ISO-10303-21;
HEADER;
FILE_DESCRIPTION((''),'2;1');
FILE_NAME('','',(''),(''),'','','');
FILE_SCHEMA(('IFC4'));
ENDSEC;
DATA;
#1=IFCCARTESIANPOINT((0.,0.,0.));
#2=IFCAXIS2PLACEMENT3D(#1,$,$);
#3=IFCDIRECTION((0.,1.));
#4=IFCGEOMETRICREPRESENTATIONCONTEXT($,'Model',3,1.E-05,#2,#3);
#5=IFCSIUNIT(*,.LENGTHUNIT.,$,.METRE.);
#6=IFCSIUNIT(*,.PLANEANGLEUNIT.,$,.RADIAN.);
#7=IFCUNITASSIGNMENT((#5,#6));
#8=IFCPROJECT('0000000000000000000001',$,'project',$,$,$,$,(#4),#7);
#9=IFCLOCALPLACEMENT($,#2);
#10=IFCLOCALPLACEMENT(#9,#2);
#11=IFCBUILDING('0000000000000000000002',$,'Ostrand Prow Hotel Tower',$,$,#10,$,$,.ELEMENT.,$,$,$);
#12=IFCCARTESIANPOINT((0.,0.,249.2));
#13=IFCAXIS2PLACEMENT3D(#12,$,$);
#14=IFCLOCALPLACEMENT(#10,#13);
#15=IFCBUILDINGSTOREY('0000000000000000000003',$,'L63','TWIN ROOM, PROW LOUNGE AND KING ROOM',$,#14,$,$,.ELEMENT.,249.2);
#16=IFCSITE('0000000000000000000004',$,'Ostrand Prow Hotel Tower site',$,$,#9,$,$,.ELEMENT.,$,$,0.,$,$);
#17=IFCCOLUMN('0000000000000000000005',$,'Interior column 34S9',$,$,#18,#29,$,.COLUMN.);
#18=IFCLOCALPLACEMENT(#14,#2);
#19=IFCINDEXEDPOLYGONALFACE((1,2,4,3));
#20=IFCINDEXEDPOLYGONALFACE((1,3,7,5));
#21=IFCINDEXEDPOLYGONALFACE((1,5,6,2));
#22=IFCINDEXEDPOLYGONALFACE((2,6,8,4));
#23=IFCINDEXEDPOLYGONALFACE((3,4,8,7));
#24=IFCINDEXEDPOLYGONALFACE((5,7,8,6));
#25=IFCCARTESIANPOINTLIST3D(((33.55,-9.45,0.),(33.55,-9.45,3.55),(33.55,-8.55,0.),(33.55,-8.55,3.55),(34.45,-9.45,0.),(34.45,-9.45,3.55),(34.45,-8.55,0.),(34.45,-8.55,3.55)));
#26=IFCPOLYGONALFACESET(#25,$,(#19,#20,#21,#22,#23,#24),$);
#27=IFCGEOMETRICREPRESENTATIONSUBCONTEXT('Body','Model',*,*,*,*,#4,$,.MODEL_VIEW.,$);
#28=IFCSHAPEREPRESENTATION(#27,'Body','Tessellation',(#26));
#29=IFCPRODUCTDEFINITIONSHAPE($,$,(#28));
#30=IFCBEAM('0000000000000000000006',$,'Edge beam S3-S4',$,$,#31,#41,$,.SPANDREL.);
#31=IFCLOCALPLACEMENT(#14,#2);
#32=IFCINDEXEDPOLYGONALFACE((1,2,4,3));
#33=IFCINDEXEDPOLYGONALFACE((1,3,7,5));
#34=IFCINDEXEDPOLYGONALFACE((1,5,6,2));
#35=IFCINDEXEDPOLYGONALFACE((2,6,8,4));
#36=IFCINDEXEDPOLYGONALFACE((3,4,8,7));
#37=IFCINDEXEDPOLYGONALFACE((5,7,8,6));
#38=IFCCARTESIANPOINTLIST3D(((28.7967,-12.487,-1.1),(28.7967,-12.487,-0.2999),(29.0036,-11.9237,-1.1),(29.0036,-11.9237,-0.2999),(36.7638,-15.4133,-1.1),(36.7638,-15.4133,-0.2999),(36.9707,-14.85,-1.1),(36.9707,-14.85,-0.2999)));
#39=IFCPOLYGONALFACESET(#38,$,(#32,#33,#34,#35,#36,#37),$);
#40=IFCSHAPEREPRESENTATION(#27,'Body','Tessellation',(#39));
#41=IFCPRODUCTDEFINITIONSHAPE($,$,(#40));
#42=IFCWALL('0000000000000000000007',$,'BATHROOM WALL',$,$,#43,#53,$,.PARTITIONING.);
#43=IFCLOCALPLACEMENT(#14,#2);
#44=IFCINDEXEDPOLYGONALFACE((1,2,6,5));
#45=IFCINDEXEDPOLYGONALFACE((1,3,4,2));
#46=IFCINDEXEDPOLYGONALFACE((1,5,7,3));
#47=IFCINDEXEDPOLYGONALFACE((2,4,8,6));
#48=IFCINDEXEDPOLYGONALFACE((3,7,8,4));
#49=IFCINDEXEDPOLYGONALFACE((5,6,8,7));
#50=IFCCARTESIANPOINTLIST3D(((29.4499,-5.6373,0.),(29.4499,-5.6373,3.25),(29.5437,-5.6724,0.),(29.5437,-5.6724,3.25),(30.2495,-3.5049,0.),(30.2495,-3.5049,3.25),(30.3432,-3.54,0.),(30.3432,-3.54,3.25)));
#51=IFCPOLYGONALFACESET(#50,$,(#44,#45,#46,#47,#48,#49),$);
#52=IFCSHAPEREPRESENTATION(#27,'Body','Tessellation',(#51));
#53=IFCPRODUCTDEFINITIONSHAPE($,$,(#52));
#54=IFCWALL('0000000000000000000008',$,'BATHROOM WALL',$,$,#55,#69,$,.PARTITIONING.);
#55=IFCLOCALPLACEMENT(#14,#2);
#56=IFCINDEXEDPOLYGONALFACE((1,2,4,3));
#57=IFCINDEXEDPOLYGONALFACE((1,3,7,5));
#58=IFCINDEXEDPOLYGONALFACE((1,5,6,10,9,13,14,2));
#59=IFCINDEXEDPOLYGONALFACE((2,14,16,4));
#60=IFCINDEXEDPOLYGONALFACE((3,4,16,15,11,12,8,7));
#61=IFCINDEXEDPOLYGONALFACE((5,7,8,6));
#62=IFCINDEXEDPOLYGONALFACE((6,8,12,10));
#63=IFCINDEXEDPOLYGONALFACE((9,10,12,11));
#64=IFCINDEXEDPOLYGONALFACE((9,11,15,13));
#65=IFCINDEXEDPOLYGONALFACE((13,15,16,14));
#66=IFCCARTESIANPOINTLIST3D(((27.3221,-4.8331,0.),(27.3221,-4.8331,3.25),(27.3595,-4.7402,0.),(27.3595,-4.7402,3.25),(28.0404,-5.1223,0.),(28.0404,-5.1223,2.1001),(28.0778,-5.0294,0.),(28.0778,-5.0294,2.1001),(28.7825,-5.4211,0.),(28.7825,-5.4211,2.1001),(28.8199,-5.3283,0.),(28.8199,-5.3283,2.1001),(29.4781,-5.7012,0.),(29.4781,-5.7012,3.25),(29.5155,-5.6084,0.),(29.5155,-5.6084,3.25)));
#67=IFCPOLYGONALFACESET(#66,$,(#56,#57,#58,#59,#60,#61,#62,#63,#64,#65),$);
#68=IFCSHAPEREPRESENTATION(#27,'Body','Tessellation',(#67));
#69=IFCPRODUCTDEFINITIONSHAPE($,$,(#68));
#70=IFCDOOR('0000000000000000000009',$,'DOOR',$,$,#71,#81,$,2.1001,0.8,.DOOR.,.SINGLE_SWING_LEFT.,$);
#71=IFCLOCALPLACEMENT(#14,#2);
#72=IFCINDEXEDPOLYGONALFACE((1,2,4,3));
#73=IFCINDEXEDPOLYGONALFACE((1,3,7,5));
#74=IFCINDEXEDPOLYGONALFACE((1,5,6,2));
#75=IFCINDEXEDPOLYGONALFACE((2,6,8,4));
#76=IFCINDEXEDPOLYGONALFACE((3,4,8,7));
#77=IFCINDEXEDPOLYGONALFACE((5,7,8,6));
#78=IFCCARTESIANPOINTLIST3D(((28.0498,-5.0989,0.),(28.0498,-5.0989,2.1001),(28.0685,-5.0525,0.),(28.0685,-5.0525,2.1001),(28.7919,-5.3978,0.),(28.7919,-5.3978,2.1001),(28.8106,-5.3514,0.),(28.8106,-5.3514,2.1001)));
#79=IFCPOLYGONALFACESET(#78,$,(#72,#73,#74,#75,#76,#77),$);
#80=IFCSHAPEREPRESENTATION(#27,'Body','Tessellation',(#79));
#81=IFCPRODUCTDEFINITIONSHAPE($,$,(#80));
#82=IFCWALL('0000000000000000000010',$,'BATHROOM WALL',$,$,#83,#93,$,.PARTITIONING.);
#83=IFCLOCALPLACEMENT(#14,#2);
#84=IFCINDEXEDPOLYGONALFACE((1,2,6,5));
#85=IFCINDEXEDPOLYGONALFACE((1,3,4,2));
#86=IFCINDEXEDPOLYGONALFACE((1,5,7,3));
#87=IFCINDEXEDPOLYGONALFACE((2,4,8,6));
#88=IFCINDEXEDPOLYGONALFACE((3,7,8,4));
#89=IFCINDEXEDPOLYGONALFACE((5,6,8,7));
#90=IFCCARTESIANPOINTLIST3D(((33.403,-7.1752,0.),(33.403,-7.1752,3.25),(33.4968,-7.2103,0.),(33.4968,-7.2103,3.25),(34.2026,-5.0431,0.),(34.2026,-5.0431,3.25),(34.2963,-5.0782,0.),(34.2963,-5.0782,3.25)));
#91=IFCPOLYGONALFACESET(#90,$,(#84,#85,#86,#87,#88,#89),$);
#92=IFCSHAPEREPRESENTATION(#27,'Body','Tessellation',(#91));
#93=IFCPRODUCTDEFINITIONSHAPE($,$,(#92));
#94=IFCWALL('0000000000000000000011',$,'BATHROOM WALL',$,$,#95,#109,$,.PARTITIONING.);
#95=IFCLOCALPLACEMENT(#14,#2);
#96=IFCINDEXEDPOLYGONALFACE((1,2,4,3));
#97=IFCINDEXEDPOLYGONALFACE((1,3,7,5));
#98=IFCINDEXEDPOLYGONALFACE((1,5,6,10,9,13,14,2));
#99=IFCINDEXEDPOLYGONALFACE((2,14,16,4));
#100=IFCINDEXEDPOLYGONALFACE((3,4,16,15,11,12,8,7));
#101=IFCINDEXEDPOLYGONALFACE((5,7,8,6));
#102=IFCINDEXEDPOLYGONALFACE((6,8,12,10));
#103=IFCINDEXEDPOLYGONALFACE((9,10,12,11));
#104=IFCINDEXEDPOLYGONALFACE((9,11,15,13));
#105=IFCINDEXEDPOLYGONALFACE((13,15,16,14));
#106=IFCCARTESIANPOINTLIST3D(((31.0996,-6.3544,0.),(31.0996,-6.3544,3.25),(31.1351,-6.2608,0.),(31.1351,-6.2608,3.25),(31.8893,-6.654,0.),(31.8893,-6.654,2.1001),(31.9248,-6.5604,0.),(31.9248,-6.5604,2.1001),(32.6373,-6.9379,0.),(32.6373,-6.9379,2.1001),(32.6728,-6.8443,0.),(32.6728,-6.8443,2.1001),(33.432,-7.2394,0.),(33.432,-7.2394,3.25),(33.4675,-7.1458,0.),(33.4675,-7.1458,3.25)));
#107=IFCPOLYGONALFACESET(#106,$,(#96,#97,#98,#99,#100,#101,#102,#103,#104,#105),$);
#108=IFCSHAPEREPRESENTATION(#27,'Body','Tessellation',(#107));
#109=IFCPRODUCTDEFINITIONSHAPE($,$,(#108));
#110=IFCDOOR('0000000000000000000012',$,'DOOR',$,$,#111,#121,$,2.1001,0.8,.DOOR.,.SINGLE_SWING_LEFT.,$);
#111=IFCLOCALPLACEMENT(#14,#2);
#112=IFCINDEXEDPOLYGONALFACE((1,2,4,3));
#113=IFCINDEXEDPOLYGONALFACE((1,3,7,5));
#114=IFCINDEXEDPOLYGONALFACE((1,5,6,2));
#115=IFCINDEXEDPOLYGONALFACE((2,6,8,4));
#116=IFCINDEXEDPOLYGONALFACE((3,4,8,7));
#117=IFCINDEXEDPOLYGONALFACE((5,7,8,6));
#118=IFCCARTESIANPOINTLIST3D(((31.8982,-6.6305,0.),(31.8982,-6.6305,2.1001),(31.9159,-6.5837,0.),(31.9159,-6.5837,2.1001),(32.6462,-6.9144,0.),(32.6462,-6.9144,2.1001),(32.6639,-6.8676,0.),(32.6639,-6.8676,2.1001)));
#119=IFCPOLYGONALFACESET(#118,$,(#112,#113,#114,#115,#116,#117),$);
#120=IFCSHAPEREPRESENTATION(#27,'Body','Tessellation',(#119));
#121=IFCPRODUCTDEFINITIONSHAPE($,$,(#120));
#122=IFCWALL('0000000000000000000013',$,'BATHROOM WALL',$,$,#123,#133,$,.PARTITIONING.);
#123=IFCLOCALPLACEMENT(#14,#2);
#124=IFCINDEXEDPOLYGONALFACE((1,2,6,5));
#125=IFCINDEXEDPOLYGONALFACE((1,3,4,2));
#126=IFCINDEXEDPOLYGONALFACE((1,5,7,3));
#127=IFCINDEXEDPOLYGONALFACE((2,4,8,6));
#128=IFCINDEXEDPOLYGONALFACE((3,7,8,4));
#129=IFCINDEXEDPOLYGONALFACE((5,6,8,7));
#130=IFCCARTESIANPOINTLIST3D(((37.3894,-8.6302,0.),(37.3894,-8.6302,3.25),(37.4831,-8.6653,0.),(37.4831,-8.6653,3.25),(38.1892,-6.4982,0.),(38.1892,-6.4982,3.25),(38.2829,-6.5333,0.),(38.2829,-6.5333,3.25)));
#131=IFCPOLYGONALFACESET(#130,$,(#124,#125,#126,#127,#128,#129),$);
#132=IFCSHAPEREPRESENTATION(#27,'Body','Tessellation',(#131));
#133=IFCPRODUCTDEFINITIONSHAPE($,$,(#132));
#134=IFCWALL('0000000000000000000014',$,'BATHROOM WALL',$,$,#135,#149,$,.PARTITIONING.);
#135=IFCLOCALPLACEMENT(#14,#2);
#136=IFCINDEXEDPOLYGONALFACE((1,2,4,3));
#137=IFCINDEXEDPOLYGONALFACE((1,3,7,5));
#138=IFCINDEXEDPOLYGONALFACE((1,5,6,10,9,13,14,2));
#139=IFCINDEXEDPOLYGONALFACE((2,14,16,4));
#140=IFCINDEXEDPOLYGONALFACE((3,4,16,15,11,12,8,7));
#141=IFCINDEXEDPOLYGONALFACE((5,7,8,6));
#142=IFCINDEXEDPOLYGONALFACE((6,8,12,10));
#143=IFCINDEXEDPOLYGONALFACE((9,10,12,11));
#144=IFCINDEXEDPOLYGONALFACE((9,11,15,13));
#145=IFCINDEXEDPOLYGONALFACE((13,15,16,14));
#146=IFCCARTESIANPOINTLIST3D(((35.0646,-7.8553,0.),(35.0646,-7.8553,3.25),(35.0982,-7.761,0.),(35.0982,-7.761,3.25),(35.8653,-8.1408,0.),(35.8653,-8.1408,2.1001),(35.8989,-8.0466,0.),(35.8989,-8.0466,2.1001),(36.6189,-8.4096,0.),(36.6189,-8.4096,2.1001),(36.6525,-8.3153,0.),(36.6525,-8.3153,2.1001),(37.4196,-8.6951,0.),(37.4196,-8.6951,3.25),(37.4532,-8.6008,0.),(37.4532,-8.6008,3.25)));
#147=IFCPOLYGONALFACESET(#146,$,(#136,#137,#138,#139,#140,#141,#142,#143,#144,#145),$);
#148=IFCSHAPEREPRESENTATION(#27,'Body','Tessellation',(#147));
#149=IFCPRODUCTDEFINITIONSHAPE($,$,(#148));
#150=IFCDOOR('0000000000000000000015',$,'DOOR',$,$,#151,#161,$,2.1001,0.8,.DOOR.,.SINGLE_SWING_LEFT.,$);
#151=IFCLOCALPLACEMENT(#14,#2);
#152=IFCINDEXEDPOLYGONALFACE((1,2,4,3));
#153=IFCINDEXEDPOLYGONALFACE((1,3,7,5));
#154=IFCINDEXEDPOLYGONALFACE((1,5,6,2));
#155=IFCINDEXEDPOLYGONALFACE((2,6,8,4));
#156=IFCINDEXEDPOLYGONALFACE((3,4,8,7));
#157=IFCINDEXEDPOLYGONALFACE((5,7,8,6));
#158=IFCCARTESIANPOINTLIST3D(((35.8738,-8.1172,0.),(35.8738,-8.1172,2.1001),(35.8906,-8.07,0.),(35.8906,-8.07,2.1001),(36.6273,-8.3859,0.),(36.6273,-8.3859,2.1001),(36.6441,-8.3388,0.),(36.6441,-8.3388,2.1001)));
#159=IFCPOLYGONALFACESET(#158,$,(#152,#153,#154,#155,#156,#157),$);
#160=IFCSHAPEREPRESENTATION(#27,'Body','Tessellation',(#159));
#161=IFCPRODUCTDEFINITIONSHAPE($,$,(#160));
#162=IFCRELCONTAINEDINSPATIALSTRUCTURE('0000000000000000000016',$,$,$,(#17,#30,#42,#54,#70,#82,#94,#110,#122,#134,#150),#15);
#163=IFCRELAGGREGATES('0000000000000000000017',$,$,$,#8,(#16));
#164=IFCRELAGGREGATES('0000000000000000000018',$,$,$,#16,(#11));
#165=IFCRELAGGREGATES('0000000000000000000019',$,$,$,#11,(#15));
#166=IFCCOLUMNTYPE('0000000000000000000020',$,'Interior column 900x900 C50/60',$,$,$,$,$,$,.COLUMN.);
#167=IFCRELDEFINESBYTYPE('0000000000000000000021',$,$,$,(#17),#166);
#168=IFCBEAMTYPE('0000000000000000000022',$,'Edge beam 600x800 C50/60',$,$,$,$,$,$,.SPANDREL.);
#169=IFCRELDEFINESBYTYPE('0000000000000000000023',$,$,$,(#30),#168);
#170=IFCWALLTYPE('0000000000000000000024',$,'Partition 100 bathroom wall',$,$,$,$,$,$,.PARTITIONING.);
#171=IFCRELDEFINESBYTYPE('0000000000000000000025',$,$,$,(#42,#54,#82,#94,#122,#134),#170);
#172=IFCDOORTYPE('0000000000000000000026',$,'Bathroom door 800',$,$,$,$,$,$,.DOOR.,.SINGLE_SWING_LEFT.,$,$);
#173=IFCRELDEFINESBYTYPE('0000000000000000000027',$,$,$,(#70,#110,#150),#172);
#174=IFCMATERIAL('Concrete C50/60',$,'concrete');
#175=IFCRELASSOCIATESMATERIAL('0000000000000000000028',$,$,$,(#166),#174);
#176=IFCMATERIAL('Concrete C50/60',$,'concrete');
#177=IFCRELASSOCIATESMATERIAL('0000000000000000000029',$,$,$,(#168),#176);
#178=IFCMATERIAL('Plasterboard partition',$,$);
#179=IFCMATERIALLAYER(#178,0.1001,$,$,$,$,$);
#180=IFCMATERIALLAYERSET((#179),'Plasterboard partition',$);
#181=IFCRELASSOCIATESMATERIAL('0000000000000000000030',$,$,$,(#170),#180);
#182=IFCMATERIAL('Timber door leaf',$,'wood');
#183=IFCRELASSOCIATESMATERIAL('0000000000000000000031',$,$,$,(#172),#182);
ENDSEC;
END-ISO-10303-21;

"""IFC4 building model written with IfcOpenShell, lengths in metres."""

from ifc_helpers import new_model, si_unit, direction, frame, frame_2d, origin, origin_2d, place, context, subcontext, project, spatial, rectangle, extrude, material, layer, layer_set, material_profile, profile_set, type_object, element, fill, save


model = new_model("IFC4")

# Units and contexts
model_context = context("Model", 3, precision=1e-05, world=origin(), true_north=direction((0.0, 1.0)))
body_context = subcontext(model_context, "Body", "Model", "MODEL_VIEW")
ifc_project = project(units=[si_unit("LENGTHUNIT", "METRE"), si_unit("PLANEANGLEUNIT", "RADIAN")], contexts=[model_context])

# Site, building, storey
site_placement = place(None, origin())
site = spatial("IfcSite", under=ifc_project, at=site_placement, Name="Ostrand Prow Hotel Tower site", CompositionType="ELEMENT", RefElevation=0.0)
building_placement = place(site_placement, origin())
building = spatial("IfcBuilding", under=site, at=building_placement, Name="Ostrand Prow Hotel Tower", CompositionType="ELEMENT")
storey_placement = place(building_placement, frame((0.0, 0.0, 249.2)))
storey = spatial("IfcBuildingStorey", under=building, at=storey_placement, Name="L63", Description="TWIN ROOM, PROW LOUNGE AND KING ROOM", CompositionType="ELEMENT", Elevation=249.2)

# Column
ifc_material_1 = material(Name="Concrete C50/60", Category="concrete")
ifc_material_profile_1 = material_profile(ifc_material_1, rectangle(XDim=0.8999, YDim=0.8999, at=origin_2d()), Name="RC 900x900")
ifc_profile_set_1 = profile_set([ifc_material_profile_1], Name="Concrete C50/60")
column_type = type_object("IfcColumnType", Name="Interior column 900x900 C50/60", PredefinedType="COLUMN", material=ifc_profile_set_1)
column_placement = place(storey_placement, frame((34.0, -9.0, 0.0), z_axis=(0.0, 0.0, 1.0), x_axis=(1.0, 0.0, 0.0)))
element("IfcColumn", 1, at=column_placement, inside=storey, type_object=column_type, Name="Interior column 34S9", PredefinedType="COLUMN", context=body_context, shape_type="SweptSolid", body=[
    extrude(rectangle(XDim=0.8999, YDim=0.8999, at=origin_2d()), origin(), (0.0, 0.0, 1.0), 3.55),
])

# Beam
ifc_material_2 = material(Name="Concrete C50/60", Category="concrete")
ifc_material_profile_2 = material_profile(ifc_material_2, rectangle(XDim=0.6001, YDim=0.8, at=origin_2d()), Name="RC 600x800")
ifc_profile_set_2 = profile_set([ifc_material_profile_2], Name="Concrete C50/60")
beam_type = type_object("IfcBeamType", Name="Edge beam 600x800 C50/60", PredefinedType="SPANDREL", material=ifc_profile_set_2)
beam_placement = place(storey_placement, frame((28.9001, -12.2053, -0.7), z_axis=(0.938685, -0.344776, 0.0), x_axis=(0.344776, 0.938685, 0.0)))
element("IfcBeam", 2, at=beam_placement, inside=storey, type_object=beam_type, Name="Edge beam S3-S4", PredefinedType="SPANDREL", context=body_context, shape_type="SweptSolid", body=[
    extrude(rectangle(XDim=0.6001, YDim=0.8, at=origin_2d()), origin(), (0.0, 0.0, 1.0), 8.4875),
])

# Wall
ifc_material_3 = material(Name="Plasterboard partition")
ifc_layer_1 = layer(ifc_material_3, 0.1001)
ifc_layer_set_1 = layer_set([ifc_layer_1], Name="Plasterboard partition")
wall_type_1 = type_object("IfcWallType", Name="Partition 100 bathroom wall", PredefinedType="PARTITIONING", material=ifc_layer_set_1)
wall_1_placement = place(storey_placement, frame((30.2964, -3.5225, 0.0), z_axis=(0.0, 0.0, 1.0), x_axis=(-0.3511, -0.936338, 0.0)))
element("IfcWall", 3, at=wall_1_placement, inside=storey, type_object=wall_type_1, Name="BATHROOM WALL", PredefinedType="PARTITIONING", context=body_context, shape_type="SweptSolid", body=[
    extrude(rectangle(XDim=2.2773, YDim=0.1001, at=frame_2d((1.1387, 0.0))), origin(), (0.0, 0.0, 1.0), 3.25),
])

# Wall, opening, door
wall_2_placement = place(storey_placement, frame((29.4968, -5.6548, 0.0), z_axis=(0.0, 0.0, 1.0), x_axis=(-0.927619, 0.373527, 0.0)))
wall_2 = element("IfcWall", 4, at=wall_2_placement, inside=storey, type_object=wall_type_1, Name="BATHROOM WALL", PredefinedType="PARTITIONING", context=body_context, shape_type="SweptSolid", body=[
    extrude(rectangle(XDim=2.3242, YDim=0.1001, at=frame_2d((1.1621, 0.0))), origin(), (0.0, 0.0, 1.0), 3.25),
])
opening_1_placement = place(wall_2_placement, frame((0.75, 0.0, 0.0)))
opening_1 = element("IfcOpeningElement", 5, at=opening_1_placement, cuts=wall_2, PredefinedType="OPENING", context=body_context, shape_type="SweptSolid", body=[
    extrude(rectangle(XDim=0.8, YDim=2.1001, at=frame_2d((0.3999, 1.05))), frame((0.0, 0.0601, 0.0), z_axis=(0.0, -1.0, 0.0), x_axis=(1.0, 0.0, 0.0)), (0.0, 0.0, 1.0), 0.1201),
])
ifc_material_4 = material(Name="Timber door leaf", Category="wood")
door_type_1 = type_object("IfcDoorType", Name="Bathroom door 800", OperationType="SINGLE_SWING_LEFT", PredefinedType="DOOR", material=ifc_material_4)
door_1_placement = place(opening_1_placement, origin())
door_1 = element("IfcDoor", 6, at=door_1_placement, inside=storey, type_object=door_type_1, Name="DOOR", OperationType="SINGLE_SWING_LEFT", OverallHeight=2.1001, OverallWidth=0.8, PredefinedType="DOOR", context=body_context, shape_type="SweptSolid", body=[
    extrude(rectangle(XDim=0.8, YDim=2.1001, at=frame_2d((0.3999, 1.05))), frame((0.0, 0.0249, 0.0), z_axis=(0.0, -1.0, 0.0), x_axis=(1.0, 0.0, 0.0)), (0.0, 0.0, 1.0), 0.05),
])
fill(opening_1, door_1)

# Wall
wall_3_placement = place(storey_placement, frame((34.2495, -5.0605, 0.0), z_axis=(0.0, 0.0, 1.0), x_axis=(-0.351135, -0.936325, 0.0)))
element("IfcWall", 7, at=wall_3_placement, inside=storey, type_object=wall_type_1, Name="BATHROOM WALL", PredefinedType="PARTITIONING", context=body_context, shape_type="SweptSolid", body=[
    extrude(rectangle(XDim=2.2771, YDim=0.1001, at=frame_2d((1.1387, 0.0))), origin(), (0.0, 0.0, 1.0), 3.25),
])

# Wall, opening, door
wall_4_placement = place(storey_placement, frame((33.4497, -7.1926, 0.0), z_axis=(0.0, 0.0, 1.0), x_axis=(-0.934951, 0.354778, 0.0)))
wall_4 = element("IfcWall", 8, at=wall_4_placement, inside=storey, type_object=wall_type_1, Name="BATHROOM WALL", PredefinedType="PARTITIONING", context=body_context, shape_type="SweptSolid", body=[
    extrude(rectangle(XDim=2.4946, YDim=0.1001, at=frame_2d((1.2473, 0.0))), origin(), (0.0, 0.0, 1.0), 3.25),
])
opening_2_placement = place(wall_4_placement, frame((0.8501, 0.0, 0.0)))
opening_2 = element("IfcOpeningElement", 9, at=opening_2_placement, cuts=wall_4, PredefinedType="OPENING", context=body_context, shape_type="SweptSolid", body=[
    extrude(rectangle(XDim=0.8, YDim=2.1001, at=frame_2d((0.3999, 1.05))), frame((0.0, 0.0601, 0.0), z_axis=(0.0, -1.0, 0.0), x_axis=(1.0, 0.0, 0.0)), (0.0, 0.0, 1.0), 0.1201),
])
door_2_placement = place(opening_2_placement, origin())
door_2 = element("IfcDoor", 10, at=door_2_placement, inside=storey, type_object=door_type_1, Name="DOOR", OperationType="SINGLE_SWING_LEFT", OverallHeight=2.1001, OverallWidth=0.8, PredefinedType="DOOR", context=body_context, shape_type="SweptSolid", body=[
    extrude(rectangle(XDim=0.8, YDim=2.1001, at=frame_2d((0.3999, 1.05))), frame((0.0, 0.0249, 0.0), z_axis=(0.0, -1.0, 0.0), x_axis=(1.0, 0.0, 0.0)), (0.0, 0.0, 1.0), 0.05),
])
fill(opening_2, door_2)

# Wall
wall_5_placement = place(storey_placement, frame((38.2361, -6.5156, 0.0), z_axis=(0.0, 0.0, 1.0), x_axis=(-0.351229, -0.93629, 0.0)))
element("IfcWall", 11, at=wall_5_placement, inside=storey, type_object=wall_type_1, Name="BATHROOM WALL", PredefinedType="PARTITIONING", context=body_context, shape_type="SweptSolid", body=[
    extrude(rectangle(XDim=2.2771, YDim=0.1001, at=frame_2d((1.1387, 0.0))), origin(), (0.0, 0.0, 1.0), 3.25),
])

# Wall, opening, door
wall_6_placement = place(storey_placement, frame((37.4363, -8.6479, 0.0), z_axis=(0.0, 0.0, 1.0), x_axis=(-0.941896, 0.335903, 0.0)))
wall_6 = element("IfcWall", 12, at=wall_6_placement, inside=storey, type_object=wall_type_1, Name="BATHROOM WALL", PredefinedType="PARTITIONING", context=body_context, shape_type="SweptSolid", body=[
    extrude(rectangle(XDim=2.5002, YDim=0.1001, at=frame_2d((1.25, 0.0))), origin(), (0.0, 0.0, 1.0), 3.25),
])
opening_3_placement = place(wall_6_placement, frame((0.8501, 0.0, 0.0)))
opening_3 = element("IfcOpeningElement", 13, at=opening_3_placement, cuts=wall_6, PredefinedType="OPENING", context=body_context, shape_type="SweptSolid", body=[
    extrude(rectangle(XDim=0.8, YDim=2.1001, at=frame_2d((0.3999, 1.05))), frame((0.0, 0.0601, 0.0), z_axis=(0.0, -1.0, 0.0), x_axis=(1.0, 0.0, 0.0)), (0.0, 0.0, 1.0), 0.1201),
])
door_3_placement = place(opening_3_placement, origin())
door_3 = element("IfcDoor", 14, at=door_3_placement, inside=storey, type_object=door_type_1, Name="DOOR", OperationType="SINGLE_SWING_LEFT", OverallHeight=2.1001, OverallWidth=0.8, PredefinedType="DOOR", context=body_context, shape_type="SweptSolid", body=[
    extrude(rectangle(XDim=0.8, YDim=2.1001, at=frame_2d((0.3999, 1.05))), frame((0.0, 0.0249, 0.0), z_axis=(0.0, -1.0, 0.0), x_axis=(1.0, 0.0, 0.0)), (0.0, 0.0, 1.0), 0.05),
])
fill(opening_3, door_3)

save(model, "model.ifc")
